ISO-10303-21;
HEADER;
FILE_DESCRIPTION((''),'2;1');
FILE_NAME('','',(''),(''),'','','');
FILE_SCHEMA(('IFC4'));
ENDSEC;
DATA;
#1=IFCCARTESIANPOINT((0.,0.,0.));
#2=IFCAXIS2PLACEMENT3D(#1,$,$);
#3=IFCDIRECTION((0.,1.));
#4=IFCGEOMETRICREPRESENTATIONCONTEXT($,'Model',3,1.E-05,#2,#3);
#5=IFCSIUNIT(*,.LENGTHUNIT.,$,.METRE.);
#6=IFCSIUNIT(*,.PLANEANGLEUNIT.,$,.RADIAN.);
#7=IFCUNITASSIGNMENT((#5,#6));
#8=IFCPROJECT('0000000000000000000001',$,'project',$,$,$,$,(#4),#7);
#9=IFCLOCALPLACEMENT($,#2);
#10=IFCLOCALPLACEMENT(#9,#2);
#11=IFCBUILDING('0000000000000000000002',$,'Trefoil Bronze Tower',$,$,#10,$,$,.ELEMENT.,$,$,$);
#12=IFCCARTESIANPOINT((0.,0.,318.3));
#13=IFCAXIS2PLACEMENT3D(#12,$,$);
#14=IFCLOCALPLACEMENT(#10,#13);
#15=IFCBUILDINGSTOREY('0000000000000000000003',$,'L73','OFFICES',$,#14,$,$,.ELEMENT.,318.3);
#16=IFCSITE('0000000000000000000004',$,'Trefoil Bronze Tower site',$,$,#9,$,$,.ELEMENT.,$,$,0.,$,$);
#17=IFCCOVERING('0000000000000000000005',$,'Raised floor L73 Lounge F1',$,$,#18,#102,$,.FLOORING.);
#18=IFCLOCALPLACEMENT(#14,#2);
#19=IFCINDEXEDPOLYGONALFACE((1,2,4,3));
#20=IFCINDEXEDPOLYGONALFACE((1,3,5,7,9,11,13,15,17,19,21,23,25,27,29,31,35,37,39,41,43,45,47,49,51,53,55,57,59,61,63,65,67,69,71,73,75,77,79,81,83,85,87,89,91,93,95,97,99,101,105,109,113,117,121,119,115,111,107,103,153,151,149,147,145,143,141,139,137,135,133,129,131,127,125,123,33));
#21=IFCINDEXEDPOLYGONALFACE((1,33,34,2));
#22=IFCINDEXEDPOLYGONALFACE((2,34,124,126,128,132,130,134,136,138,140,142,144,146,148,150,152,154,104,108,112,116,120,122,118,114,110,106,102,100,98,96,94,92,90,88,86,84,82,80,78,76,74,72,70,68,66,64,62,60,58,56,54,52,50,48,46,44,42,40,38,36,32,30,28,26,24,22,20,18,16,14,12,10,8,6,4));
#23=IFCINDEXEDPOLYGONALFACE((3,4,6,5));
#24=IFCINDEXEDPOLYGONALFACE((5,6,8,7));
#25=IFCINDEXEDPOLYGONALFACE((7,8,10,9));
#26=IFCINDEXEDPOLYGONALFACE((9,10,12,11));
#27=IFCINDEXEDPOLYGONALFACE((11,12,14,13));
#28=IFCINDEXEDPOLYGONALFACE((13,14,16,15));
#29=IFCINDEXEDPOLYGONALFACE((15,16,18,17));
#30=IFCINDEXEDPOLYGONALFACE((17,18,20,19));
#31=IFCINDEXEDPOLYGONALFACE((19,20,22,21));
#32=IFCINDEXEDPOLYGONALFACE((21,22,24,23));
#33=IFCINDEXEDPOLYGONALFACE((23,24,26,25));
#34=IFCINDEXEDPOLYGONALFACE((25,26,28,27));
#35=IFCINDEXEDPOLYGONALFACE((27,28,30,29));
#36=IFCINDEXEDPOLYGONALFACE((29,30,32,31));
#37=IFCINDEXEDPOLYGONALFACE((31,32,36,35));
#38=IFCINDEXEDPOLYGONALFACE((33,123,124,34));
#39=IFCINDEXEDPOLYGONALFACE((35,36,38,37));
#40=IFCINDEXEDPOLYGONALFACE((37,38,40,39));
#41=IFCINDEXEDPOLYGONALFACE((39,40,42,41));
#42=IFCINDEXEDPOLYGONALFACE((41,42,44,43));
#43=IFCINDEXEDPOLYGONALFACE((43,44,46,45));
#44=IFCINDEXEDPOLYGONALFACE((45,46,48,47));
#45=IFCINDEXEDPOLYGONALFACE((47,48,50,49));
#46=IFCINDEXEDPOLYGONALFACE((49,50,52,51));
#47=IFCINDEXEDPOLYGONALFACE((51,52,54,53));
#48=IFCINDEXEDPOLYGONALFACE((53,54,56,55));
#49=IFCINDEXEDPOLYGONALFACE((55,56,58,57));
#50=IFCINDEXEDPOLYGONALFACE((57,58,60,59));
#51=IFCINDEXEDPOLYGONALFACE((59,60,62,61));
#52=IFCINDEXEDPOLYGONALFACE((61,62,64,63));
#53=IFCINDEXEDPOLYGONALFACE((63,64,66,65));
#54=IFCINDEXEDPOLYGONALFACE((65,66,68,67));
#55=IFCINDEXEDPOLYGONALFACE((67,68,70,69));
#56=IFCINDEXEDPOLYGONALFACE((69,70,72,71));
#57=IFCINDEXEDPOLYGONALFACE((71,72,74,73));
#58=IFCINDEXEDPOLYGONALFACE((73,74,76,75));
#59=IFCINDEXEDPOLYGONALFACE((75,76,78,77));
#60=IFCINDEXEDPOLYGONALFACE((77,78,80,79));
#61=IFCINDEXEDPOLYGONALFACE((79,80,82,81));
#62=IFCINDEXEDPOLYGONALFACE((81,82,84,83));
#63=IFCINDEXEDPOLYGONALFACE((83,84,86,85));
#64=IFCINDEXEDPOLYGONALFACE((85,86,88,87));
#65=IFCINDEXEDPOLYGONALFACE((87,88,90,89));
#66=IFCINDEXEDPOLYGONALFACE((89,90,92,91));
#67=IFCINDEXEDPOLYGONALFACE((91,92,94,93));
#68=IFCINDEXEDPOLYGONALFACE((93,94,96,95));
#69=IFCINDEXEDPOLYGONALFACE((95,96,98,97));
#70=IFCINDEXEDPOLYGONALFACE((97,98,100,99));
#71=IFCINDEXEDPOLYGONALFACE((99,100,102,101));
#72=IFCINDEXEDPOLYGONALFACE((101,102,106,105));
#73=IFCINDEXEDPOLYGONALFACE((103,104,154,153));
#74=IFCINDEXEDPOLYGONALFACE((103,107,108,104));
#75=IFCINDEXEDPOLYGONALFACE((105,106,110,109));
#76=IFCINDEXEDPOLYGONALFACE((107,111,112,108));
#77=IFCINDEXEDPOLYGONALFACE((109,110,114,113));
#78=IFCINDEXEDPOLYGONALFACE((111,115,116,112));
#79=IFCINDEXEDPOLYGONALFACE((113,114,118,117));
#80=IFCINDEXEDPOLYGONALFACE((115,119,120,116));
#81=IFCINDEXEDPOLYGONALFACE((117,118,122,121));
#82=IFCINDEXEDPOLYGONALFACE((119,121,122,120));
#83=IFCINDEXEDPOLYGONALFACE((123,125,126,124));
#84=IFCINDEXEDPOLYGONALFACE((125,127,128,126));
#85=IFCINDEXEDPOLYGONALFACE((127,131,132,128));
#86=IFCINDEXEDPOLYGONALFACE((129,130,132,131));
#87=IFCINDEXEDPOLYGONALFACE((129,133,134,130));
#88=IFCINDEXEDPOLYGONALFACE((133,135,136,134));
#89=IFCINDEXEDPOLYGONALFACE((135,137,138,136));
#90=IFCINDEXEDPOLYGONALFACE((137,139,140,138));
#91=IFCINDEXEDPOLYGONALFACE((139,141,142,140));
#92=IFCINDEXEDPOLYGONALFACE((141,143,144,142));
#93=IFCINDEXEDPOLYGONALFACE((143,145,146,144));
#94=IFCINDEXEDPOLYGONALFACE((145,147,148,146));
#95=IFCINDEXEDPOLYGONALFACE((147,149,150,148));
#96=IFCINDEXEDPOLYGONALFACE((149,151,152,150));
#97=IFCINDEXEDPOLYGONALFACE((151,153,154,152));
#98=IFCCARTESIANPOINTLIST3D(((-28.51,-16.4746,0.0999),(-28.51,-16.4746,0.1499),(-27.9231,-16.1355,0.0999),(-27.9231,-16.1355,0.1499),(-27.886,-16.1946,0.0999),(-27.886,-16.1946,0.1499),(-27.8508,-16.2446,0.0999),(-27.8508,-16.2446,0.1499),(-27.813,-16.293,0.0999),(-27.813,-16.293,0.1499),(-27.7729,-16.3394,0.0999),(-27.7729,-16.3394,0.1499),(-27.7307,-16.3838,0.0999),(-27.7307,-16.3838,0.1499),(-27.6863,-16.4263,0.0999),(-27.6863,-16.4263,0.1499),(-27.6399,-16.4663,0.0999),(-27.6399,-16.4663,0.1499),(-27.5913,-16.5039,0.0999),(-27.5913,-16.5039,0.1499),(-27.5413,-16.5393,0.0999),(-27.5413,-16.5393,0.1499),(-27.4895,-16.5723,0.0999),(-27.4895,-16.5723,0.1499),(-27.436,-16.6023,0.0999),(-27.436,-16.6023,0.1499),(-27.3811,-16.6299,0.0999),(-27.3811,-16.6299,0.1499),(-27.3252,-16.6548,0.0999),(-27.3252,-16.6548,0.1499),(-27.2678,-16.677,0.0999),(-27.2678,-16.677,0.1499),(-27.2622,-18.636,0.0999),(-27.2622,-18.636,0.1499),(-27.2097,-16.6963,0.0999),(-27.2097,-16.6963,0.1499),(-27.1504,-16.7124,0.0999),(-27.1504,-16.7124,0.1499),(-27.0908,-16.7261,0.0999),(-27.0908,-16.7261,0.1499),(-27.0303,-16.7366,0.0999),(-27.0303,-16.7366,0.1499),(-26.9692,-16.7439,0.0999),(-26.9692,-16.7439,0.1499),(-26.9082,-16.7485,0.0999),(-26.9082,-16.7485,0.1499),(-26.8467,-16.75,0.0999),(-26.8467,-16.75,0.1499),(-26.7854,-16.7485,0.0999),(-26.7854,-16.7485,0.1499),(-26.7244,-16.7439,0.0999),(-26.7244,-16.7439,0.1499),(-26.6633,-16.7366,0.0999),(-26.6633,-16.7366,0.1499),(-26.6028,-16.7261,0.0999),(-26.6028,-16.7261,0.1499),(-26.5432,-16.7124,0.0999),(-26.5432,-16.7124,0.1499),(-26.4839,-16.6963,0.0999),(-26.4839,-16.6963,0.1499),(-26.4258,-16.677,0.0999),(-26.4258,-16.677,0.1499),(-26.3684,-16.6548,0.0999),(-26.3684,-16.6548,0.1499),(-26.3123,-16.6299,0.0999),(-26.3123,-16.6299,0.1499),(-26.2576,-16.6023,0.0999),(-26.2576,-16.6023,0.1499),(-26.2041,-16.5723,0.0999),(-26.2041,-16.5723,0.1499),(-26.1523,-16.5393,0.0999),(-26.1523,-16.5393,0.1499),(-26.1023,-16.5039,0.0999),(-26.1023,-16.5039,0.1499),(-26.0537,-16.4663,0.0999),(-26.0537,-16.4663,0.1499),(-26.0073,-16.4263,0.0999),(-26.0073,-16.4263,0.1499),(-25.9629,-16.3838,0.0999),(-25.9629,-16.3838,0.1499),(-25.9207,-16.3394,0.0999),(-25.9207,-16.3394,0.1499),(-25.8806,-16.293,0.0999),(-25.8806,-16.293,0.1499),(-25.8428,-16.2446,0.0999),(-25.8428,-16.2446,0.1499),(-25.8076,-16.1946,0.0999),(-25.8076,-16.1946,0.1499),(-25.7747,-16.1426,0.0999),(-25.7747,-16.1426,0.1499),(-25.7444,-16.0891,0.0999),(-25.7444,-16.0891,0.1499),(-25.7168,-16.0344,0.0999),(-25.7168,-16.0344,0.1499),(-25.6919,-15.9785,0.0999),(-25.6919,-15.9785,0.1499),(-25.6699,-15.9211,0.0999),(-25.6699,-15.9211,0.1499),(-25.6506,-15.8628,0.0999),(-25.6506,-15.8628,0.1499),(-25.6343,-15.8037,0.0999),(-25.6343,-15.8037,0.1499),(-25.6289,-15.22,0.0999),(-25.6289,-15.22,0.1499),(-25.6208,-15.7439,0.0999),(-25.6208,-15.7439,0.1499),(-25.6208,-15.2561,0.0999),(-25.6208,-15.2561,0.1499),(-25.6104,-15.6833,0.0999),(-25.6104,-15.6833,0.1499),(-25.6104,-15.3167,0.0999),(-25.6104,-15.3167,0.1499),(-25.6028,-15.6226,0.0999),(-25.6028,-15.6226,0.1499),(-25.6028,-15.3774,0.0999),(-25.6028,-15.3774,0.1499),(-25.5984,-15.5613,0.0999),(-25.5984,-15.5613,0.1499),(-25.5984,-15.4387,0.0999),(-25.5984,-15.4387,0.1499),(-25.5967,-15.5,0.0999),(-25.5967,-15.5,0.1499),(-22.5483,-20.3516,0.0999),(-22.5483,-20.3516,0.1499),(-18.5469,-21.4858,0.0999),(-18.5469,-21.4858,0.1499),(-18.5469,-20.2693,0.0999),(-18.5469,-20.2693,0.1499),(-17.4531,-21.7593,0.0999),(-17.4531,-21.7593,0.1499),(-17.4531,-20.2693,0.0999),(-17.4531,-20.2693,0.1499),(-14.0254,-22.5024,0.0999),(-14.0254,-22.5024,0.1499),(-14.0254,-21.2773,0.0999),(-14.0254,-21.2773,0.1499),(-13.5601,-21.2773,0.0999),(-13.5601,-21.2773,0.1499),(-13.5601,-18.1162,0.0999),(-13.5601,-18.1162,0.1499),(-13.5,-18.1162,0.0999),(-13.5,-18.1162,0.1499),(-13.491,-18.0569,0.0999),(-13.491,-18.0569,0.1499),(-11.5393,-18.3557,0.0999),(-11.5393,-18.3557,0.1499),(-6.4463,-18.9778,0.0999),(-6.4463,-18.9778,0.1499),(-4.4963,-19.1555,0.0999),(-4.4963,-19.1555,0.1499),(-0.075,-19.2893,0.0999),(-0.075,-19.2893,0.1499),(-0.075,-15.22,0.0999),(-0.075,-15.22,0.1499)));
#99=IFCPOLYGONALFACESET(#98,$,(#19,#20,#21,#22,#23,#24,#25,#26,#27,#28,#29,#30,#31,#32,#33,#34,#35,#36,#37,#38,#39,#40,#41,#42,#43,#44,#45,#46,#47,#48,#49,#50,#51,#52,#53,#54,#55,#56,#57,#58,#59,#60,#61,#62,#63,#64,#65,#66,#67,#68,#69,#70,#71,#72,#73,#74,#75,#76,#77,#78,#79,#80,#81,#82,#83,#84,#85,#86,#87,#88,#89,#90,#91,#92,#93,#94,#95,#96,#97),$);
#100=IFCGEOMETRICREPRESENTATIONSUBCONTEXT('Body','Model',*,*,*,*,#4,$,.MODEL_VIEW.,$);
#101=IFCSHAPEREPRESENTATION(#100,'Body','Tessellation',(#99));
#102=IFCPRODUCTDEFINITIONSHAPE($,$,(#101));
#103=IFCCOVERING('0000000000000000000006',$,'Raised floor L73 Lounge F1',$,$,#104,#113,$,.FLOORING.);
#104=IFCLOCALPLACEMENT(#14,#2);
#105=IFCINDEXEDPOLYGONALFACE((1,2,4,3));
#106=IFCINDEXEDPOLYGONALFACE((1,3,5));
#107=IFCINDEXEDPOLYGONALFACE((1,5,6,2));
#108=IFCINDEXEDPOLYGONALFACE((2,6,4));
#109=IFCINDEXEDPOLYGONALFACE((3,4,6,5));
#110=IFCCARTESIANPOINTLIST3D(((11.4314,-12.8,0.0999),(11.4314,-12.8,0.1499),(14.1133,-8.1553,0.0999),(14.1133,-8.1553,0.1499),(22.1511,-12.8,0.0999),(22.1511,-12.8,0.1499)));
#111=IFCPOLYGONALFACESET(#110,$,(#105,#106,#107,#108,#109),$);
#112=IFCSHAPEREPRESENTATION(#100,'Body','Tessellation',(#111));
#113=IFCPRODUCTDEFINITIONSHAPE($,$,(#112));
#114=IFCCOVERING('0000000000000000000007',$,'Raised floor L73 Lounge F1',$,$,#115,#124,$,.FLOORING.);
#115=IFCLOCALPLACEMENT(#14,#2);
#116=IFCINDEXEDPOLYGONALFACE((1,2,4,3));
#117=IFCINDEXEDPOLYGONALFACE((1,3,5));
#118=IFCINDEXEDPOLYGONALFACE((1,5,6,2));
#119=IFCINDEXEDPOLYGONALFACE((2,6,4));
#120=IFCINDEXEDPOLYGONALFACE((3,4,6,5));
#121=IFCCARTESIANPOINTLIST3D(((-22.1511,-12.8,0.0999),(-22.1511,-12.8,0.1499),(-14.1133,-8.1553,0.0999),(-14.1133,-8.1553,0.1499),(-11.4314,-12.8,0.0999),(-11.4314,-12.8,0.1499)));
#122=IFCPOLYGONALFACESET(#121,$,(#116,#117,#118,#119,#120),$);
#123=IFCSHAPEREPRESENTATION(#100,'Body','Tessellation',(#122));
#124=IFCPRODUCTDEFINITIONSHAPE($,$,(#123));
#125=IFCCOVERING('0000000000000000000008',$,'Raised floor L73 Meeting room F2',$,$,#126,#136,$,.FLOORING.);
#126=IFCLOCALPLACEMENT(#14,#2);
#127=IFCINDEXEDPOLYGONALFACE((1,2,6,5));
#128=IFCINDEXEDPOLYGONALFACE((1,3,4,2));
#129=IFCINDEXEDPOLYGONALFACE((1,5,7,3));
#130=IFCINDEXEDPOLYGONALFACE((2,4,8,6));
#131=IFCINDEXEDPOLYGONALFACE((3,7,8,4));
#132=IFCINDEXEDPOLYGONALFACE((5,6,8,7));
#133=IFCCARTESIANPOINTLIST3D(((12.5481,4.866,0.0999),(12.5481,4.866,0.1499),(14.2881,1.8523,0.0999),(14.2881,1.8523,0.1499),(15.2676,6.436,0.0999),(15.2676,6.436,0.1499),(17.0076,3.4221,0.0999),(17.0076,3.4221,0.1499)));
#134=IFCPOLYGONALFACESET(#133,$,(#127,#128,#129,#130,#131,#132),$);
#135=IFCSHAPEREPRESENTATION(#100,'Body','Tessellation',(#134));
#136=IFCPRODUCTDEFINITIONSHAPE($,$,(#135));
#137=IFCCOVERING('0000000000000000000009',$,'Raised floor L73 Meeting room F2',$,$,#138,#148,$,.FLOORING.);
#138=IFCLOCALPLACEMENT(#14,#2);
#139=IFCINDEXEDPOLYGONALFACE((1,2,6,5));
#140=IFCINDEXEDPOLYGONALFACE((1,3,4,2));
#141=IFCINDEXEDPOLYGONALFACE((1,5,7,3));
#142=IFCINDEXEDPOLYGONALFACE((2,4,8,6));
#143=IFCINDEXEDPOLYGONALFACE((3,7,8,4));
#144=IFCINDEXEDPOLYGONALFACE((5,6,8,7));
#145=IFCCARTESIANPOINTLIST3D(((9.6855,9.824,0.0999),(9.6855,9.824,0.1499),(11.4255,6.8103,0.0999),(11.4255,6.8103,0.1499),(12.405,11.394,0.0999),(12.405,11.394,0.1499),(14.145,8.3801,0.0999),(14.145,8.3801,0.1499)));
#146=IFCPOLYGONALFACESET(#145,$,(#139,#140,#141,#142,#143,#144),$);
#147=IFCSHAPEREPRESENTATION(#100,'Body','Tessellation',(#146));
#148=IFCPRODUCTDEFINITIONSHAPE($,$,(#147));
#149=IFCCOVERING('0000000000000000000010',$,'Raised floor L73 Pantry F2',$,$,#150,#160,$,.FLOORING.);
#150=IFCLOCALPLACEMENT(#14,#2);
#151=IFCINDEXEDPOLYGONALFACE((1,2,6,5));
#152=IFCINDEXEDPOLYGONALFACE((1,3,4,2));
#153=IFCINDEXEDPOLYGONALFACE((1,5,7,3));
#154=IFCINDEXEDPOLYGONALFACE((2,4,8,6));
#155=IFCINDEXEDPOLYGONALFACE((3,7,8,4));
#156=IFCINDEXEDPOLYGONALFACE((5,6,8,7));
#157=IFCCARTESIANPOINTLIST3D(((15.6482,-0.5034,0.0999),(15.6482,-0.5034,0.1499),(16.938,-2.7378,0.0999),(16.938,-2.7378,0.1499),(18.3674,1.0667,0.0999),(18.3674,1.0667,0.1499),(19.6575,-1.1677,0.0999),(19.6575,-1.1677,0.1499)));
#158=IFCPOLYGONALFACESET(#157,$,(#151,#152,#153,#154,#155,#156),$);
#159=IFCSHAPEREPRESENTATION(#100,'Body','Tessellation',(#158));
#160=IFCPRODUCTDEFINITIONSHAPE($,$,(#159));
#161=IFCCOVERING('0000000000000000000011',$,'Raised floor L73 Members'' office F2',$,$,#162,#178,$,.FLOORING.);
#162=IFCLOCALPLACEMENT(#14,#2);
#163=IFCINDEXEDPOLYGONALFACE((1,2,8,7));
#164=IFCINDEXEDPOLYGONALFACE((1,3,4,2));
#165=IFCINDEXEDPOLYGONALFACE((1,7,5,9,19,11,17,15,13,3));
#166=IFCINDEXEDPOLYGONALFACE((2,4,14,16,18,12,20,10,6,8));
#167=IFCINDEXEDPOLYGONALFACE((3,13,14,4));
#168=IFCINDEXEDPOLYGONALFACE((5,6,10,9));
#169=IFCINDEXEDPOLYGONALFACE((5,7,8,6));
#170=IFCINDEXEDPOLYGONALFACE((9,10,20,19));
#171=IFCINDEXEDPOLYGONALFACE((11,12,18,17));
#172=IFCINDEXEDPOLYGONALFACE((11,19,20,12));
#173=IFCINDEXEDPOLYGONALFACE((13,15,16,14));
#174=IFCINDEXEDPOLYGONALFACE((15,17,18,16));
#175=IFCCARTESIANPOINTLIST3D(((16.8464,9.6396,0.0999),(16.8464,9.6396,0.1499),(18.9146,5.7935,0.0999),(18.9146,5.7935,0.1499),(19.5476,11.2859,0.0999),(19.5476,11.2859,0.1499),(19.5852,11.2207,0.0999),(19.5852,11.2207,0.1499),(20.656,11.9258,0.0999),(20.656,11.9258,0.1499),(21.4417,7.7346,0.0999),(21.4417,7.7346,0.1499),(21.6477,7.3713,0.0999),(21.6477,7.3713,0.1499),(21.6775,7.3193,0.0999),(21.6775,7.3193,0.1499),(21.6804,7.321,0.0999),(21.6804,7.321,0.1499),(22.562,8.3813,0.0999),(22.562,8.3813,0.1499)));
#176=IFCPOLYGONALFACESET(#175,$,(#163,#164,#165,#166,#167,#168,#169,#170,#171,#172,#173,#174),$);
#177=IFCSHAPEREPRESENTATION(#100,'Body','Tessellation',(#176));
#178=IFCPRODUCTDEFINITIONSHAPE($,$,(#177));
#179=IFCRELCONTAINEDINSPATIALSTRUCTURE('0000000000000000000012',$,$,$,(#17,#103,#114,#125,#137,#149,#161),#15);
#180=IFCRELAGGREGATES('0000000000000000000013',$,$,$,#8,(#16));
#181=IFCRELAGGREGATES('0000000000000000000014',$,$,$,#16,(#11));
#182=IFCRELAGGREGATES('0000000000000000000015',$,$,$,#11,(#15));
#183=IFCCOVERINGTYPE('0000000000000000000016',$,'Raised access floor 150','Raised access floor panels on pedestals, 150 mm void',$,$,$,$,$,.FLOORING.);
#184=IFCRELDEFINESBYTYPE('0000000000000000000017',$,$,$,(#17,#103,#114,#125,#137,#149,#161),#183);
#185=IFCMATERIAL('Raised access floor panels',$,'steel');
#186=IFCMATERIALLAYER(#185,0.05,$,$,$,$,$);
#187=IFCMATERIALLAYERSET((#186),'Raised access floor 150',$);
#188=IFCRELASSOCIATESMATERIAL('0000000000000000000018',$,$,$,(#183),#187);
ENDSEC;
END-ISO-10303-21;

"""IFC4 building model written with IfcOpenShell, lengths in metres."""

from ifc_helpers import new_model, si_unit, direction, frame, origin, place, context, subcontext, project, spatial, polyline, outline, extrude, material, layer, layer_set, type_object, element, save


model = new_model("IFC4")

# Units and contexts
model_context = context("Model", 3, precision=1e-05, world=origin(), true_north=direction((0.0, 1.0)))
body_context = subcontext(model_context, "Body", "Model", "MODEL_VIEW")
ifc_project = project(units=[si_unit("LENGTHUNIT", "METRE"), si_unit("PLANEANGLEUNIT", "RADIAN")], contexts=[model_context])

# Site, building, storey
site_placement = place(None, origin())
site = spatial("IfcSite", under=ifc_project, at=site_placement, Name="Trefoil Bronze Tower site", CompositionType="ELEMENT", RefElevation=0.0)
building_placement = place(site_placement, origin())
building = spatial("IfcBuilding", under=site, at=building_placement, Name="Trefoil Bronze Tower", CompositionType="ELEMENT")
storey_placement = place(building_placement, frame((0.0, 0.0, 318.3)))
storey = spatial("IfcBuildingStorey", under=building, at=storey_placement, Name="L73", Description="OFFICES", CompositionType="ELEMENT", Elevation=318.3)

# Coverings
ifc_material_1 = material(Name="Raised access floor panels", Category="steel")
ifc_layer_1 = layer(ifc_material_1, 0.05)
ifc_layer_set_1 = layer_set([ifc_layer_1], Name="Raised access floor 150")
covering_type_1 = type_object("IfcCoveringType", Name="Raised access floor 150", Description="Raised access floor panels on pedestals, 150 mm void", PredefinedType="FLOORING", material=ifc_layer_set_1)
covering_1_placement = place(storey_placement, frame((0.0, 0.0, 0.0999)))
element("IfcCovering", 1, at=covering_1_placement, inside=storey, type_object=covering_type_1, Name="Raised floor L73 Lounge F1", PredefinedType="FLOORING", context=body_context, shape_type="SweptSolid", body=[
    extrude(outline(polyline([(-25.6028, -15.3774), (-25.6104, -15.3167), (-25.6208, -15.2561), (-25.6289, -15.22), (-0.075, -15.22), (-0.075, -19.2893), (-4.4963, -19.1555), (-6.4463, -18.9778), (-11.5393, -18.3557), (-13.491, -18.0569), (-13.5, -18.1162), (-13.5601, -18.1162), (-13.5601, -21.2773), (-14.0254, -21.2773), (-14.0254, -22.5024), (-17.4531, -21.7593), (-17.4531, -20.2693), (-18.5469, -20.2693), (-18.5469, -21.4858), (-22.5483, -20.3516), (-27.2622, -18.636), (-28.51, -16.4746), (-27.9231, -16.1355), (-27.886, -16.1946), (-27.8508, -16.2446), (-27.813, -16.293), (-27.7729, -16.3394), (-27.7307, -16.3838), (-27.6863, -16.4263), (-27.6399, -16.4663), (-27.5913, -16.5039), (-27.5413, -16.5393), (-27.4895, -16.5723), (-27.436, -16.6023), (-27.3811, -16.6299), (-27.3252, -16.6548), (-27.2678, -16.677), (-27.2097, -16.6963), (-27.1504, -16.7124), (-27.0908, -16.7261), (-27.0303, -16.7366), (-26.9692, -16.7439), (-26.9082, -16.7485), (-26.8467, -16.75), (-26.7854, -16.7485), (-26.7244, -16.7439), (-26.6633, -16.7366), (-26.6028, -16.7261), (-26.5432, -16.7124), (-26.4839, -16.6963), (-26.4258, -16.677), (-26.3684, -16.6548), (-26.3123, -16.6299), (-26.2576, -16.6023), (-26.2041, -16.5723), (-26.1523, -16.5393), (-26.1023, -16.5039), (-26.0537, -16.4663), (-26.0073, -16.4263), (-25.9629, -16.3838), (-25.9207, -16.3394), (-25.8806, -16.293), (-25.8428, -16.2446), (-25.8076, -16.1946), (-25.7747, -16.1426), (-25.7444, -16.0891), (-25.7168, -16.0344), (-25.6919, -15.9785), (-25.6699, -15.9211), (-25.6506, -15.8628), (-25.6343, -15.8037), (-25.6208, -15.7439), (-25.6104, -15.6833), (-25.6028, -15.6226), (-25.5984, -15.5613), (-25.5967, -15.5), (-25.5984, -15.4387), (-25.6028, -15.3774)])), origin(), (0.0, 0.0, 1.0), 0.05),
])
covering_2_placement = place(storey_placement, frame((0.0, 0.0, 0.0999)))
element("IfcCovering", 2, at=covering_2_placement, inside=storey, type_object=covering_type_1, Name="Raised floor L73 Lounge F1", PredefinedType="FLOORING", context=body_context, shape_type="SweptSolid", body=[
    extrude(outline(polyline([(14.1133, -8.1553), (22.1511, -12.8), (11.4314, -12.8), (14.1133, -8.1553)])), origin(), (0.0, 0.0, 1.0), 0.05),
])
covering_3_placement = place(storey_placement, frame((0.0, 0.0, 0.0999)))
element("IfcCovering", 3, at=covering_3_placement, inside=storey, type_object=covering_type_1, Name="Raised floor L73 Lounge F1", PredefinedType="FLOORING", context=body_context, shape_type="SweptSolid", body=[
    extrude(outline(polyline([(-22.1511, -12.8), (-14.1133, -8.1553), (-11.4314, -12.8), (-22.1511, -12.8)])), origin(), (0.0, 0.0, 1.0), 0.05),
])
covering_4_placement = place(storey_placement, frame((0.0, 0.0, 0.0999)))
element("IfcCovering", 4, at=covering_4_placement, inside=storey, type_object=covering_type_1, Name="Raised floor L73 Meeting room F2", PredefinedType="FLOORING", context=body_context, shape_type="SweptSolid", body=[
    extrude(outline(polyline([(12.5481, 4.866), (15.2676, 6.436), (17.0076, 3.4221), (14.2881, 1.8523), (12.5481, 4.866)])), origin(), (0.0, 0.0, 1.0), 0.05),
])
covering_5_placement = place(storey_placement, frame((0.0, 0.0, 0.0999)))
element("IfcCovering", 5, at=covering_5_placement, inside=storey, type_object=covering_type_1, Name="Raised floor L73 Meeting room F2", PredefinedType="FLOORING", context=body_context, shape_type="SweptSolid", body=[
    extrude(outline(polyline([(9.6855, 9.824), (12.405, 11.394), (14.145, 8.3801), (11.4255, 6.8103), (9.6855, 9.824)])), origin(), (0.0, 0.0, 1.0), 0.05),
])
covering_6_placement = place(storey_placement, frame((0.0, 0.0, 0.0999)))
element("IfcCovering", 6, at=covering_6_placement, inside=storey, type_object=covering_type_1, Name="Raised floor L73 Pantry F2", PredefinedType="FLOORING", context=body_context, shape_type="SweptSolid", body=[
    extrude(outline(polyline([(15.6482, -0.5034), (18.3674, 1.0667), (19.6575, -1.1677), (16.938, -2.7378), (15.6482, -0.5034)])), origin(), (0.0, 0.0, 1.0), 0.05),
])
covering_7_placement = place(storey_placement, frame((0.0, 0.0, 0.0999)))
element("IfcCovering", 7, at=covering_7_placement, inside=storey, type_object=covering_type_1, Name="Raised floor L73 Members' office F2", PredefinedType="FLOORING", context=body_context, shape_type="SweptSolid", body=[
    extrude(outline(polyline([(20.656, 11.9258), (22.562, 8.3813), (21.4417, 7.7346), (21.6804, 7.321), (21.6775, 7.3193), (21.6477, 7.3713), (18.9146, 5.7935), (16.8464, 9.6396), (19.5852, 11.2207), (19.5476, 11.2859), (20.656, 11.9258)])), origin(), (0.0, 0.0, 1.0), 0.05),
])

save(model, "model.ifc")
